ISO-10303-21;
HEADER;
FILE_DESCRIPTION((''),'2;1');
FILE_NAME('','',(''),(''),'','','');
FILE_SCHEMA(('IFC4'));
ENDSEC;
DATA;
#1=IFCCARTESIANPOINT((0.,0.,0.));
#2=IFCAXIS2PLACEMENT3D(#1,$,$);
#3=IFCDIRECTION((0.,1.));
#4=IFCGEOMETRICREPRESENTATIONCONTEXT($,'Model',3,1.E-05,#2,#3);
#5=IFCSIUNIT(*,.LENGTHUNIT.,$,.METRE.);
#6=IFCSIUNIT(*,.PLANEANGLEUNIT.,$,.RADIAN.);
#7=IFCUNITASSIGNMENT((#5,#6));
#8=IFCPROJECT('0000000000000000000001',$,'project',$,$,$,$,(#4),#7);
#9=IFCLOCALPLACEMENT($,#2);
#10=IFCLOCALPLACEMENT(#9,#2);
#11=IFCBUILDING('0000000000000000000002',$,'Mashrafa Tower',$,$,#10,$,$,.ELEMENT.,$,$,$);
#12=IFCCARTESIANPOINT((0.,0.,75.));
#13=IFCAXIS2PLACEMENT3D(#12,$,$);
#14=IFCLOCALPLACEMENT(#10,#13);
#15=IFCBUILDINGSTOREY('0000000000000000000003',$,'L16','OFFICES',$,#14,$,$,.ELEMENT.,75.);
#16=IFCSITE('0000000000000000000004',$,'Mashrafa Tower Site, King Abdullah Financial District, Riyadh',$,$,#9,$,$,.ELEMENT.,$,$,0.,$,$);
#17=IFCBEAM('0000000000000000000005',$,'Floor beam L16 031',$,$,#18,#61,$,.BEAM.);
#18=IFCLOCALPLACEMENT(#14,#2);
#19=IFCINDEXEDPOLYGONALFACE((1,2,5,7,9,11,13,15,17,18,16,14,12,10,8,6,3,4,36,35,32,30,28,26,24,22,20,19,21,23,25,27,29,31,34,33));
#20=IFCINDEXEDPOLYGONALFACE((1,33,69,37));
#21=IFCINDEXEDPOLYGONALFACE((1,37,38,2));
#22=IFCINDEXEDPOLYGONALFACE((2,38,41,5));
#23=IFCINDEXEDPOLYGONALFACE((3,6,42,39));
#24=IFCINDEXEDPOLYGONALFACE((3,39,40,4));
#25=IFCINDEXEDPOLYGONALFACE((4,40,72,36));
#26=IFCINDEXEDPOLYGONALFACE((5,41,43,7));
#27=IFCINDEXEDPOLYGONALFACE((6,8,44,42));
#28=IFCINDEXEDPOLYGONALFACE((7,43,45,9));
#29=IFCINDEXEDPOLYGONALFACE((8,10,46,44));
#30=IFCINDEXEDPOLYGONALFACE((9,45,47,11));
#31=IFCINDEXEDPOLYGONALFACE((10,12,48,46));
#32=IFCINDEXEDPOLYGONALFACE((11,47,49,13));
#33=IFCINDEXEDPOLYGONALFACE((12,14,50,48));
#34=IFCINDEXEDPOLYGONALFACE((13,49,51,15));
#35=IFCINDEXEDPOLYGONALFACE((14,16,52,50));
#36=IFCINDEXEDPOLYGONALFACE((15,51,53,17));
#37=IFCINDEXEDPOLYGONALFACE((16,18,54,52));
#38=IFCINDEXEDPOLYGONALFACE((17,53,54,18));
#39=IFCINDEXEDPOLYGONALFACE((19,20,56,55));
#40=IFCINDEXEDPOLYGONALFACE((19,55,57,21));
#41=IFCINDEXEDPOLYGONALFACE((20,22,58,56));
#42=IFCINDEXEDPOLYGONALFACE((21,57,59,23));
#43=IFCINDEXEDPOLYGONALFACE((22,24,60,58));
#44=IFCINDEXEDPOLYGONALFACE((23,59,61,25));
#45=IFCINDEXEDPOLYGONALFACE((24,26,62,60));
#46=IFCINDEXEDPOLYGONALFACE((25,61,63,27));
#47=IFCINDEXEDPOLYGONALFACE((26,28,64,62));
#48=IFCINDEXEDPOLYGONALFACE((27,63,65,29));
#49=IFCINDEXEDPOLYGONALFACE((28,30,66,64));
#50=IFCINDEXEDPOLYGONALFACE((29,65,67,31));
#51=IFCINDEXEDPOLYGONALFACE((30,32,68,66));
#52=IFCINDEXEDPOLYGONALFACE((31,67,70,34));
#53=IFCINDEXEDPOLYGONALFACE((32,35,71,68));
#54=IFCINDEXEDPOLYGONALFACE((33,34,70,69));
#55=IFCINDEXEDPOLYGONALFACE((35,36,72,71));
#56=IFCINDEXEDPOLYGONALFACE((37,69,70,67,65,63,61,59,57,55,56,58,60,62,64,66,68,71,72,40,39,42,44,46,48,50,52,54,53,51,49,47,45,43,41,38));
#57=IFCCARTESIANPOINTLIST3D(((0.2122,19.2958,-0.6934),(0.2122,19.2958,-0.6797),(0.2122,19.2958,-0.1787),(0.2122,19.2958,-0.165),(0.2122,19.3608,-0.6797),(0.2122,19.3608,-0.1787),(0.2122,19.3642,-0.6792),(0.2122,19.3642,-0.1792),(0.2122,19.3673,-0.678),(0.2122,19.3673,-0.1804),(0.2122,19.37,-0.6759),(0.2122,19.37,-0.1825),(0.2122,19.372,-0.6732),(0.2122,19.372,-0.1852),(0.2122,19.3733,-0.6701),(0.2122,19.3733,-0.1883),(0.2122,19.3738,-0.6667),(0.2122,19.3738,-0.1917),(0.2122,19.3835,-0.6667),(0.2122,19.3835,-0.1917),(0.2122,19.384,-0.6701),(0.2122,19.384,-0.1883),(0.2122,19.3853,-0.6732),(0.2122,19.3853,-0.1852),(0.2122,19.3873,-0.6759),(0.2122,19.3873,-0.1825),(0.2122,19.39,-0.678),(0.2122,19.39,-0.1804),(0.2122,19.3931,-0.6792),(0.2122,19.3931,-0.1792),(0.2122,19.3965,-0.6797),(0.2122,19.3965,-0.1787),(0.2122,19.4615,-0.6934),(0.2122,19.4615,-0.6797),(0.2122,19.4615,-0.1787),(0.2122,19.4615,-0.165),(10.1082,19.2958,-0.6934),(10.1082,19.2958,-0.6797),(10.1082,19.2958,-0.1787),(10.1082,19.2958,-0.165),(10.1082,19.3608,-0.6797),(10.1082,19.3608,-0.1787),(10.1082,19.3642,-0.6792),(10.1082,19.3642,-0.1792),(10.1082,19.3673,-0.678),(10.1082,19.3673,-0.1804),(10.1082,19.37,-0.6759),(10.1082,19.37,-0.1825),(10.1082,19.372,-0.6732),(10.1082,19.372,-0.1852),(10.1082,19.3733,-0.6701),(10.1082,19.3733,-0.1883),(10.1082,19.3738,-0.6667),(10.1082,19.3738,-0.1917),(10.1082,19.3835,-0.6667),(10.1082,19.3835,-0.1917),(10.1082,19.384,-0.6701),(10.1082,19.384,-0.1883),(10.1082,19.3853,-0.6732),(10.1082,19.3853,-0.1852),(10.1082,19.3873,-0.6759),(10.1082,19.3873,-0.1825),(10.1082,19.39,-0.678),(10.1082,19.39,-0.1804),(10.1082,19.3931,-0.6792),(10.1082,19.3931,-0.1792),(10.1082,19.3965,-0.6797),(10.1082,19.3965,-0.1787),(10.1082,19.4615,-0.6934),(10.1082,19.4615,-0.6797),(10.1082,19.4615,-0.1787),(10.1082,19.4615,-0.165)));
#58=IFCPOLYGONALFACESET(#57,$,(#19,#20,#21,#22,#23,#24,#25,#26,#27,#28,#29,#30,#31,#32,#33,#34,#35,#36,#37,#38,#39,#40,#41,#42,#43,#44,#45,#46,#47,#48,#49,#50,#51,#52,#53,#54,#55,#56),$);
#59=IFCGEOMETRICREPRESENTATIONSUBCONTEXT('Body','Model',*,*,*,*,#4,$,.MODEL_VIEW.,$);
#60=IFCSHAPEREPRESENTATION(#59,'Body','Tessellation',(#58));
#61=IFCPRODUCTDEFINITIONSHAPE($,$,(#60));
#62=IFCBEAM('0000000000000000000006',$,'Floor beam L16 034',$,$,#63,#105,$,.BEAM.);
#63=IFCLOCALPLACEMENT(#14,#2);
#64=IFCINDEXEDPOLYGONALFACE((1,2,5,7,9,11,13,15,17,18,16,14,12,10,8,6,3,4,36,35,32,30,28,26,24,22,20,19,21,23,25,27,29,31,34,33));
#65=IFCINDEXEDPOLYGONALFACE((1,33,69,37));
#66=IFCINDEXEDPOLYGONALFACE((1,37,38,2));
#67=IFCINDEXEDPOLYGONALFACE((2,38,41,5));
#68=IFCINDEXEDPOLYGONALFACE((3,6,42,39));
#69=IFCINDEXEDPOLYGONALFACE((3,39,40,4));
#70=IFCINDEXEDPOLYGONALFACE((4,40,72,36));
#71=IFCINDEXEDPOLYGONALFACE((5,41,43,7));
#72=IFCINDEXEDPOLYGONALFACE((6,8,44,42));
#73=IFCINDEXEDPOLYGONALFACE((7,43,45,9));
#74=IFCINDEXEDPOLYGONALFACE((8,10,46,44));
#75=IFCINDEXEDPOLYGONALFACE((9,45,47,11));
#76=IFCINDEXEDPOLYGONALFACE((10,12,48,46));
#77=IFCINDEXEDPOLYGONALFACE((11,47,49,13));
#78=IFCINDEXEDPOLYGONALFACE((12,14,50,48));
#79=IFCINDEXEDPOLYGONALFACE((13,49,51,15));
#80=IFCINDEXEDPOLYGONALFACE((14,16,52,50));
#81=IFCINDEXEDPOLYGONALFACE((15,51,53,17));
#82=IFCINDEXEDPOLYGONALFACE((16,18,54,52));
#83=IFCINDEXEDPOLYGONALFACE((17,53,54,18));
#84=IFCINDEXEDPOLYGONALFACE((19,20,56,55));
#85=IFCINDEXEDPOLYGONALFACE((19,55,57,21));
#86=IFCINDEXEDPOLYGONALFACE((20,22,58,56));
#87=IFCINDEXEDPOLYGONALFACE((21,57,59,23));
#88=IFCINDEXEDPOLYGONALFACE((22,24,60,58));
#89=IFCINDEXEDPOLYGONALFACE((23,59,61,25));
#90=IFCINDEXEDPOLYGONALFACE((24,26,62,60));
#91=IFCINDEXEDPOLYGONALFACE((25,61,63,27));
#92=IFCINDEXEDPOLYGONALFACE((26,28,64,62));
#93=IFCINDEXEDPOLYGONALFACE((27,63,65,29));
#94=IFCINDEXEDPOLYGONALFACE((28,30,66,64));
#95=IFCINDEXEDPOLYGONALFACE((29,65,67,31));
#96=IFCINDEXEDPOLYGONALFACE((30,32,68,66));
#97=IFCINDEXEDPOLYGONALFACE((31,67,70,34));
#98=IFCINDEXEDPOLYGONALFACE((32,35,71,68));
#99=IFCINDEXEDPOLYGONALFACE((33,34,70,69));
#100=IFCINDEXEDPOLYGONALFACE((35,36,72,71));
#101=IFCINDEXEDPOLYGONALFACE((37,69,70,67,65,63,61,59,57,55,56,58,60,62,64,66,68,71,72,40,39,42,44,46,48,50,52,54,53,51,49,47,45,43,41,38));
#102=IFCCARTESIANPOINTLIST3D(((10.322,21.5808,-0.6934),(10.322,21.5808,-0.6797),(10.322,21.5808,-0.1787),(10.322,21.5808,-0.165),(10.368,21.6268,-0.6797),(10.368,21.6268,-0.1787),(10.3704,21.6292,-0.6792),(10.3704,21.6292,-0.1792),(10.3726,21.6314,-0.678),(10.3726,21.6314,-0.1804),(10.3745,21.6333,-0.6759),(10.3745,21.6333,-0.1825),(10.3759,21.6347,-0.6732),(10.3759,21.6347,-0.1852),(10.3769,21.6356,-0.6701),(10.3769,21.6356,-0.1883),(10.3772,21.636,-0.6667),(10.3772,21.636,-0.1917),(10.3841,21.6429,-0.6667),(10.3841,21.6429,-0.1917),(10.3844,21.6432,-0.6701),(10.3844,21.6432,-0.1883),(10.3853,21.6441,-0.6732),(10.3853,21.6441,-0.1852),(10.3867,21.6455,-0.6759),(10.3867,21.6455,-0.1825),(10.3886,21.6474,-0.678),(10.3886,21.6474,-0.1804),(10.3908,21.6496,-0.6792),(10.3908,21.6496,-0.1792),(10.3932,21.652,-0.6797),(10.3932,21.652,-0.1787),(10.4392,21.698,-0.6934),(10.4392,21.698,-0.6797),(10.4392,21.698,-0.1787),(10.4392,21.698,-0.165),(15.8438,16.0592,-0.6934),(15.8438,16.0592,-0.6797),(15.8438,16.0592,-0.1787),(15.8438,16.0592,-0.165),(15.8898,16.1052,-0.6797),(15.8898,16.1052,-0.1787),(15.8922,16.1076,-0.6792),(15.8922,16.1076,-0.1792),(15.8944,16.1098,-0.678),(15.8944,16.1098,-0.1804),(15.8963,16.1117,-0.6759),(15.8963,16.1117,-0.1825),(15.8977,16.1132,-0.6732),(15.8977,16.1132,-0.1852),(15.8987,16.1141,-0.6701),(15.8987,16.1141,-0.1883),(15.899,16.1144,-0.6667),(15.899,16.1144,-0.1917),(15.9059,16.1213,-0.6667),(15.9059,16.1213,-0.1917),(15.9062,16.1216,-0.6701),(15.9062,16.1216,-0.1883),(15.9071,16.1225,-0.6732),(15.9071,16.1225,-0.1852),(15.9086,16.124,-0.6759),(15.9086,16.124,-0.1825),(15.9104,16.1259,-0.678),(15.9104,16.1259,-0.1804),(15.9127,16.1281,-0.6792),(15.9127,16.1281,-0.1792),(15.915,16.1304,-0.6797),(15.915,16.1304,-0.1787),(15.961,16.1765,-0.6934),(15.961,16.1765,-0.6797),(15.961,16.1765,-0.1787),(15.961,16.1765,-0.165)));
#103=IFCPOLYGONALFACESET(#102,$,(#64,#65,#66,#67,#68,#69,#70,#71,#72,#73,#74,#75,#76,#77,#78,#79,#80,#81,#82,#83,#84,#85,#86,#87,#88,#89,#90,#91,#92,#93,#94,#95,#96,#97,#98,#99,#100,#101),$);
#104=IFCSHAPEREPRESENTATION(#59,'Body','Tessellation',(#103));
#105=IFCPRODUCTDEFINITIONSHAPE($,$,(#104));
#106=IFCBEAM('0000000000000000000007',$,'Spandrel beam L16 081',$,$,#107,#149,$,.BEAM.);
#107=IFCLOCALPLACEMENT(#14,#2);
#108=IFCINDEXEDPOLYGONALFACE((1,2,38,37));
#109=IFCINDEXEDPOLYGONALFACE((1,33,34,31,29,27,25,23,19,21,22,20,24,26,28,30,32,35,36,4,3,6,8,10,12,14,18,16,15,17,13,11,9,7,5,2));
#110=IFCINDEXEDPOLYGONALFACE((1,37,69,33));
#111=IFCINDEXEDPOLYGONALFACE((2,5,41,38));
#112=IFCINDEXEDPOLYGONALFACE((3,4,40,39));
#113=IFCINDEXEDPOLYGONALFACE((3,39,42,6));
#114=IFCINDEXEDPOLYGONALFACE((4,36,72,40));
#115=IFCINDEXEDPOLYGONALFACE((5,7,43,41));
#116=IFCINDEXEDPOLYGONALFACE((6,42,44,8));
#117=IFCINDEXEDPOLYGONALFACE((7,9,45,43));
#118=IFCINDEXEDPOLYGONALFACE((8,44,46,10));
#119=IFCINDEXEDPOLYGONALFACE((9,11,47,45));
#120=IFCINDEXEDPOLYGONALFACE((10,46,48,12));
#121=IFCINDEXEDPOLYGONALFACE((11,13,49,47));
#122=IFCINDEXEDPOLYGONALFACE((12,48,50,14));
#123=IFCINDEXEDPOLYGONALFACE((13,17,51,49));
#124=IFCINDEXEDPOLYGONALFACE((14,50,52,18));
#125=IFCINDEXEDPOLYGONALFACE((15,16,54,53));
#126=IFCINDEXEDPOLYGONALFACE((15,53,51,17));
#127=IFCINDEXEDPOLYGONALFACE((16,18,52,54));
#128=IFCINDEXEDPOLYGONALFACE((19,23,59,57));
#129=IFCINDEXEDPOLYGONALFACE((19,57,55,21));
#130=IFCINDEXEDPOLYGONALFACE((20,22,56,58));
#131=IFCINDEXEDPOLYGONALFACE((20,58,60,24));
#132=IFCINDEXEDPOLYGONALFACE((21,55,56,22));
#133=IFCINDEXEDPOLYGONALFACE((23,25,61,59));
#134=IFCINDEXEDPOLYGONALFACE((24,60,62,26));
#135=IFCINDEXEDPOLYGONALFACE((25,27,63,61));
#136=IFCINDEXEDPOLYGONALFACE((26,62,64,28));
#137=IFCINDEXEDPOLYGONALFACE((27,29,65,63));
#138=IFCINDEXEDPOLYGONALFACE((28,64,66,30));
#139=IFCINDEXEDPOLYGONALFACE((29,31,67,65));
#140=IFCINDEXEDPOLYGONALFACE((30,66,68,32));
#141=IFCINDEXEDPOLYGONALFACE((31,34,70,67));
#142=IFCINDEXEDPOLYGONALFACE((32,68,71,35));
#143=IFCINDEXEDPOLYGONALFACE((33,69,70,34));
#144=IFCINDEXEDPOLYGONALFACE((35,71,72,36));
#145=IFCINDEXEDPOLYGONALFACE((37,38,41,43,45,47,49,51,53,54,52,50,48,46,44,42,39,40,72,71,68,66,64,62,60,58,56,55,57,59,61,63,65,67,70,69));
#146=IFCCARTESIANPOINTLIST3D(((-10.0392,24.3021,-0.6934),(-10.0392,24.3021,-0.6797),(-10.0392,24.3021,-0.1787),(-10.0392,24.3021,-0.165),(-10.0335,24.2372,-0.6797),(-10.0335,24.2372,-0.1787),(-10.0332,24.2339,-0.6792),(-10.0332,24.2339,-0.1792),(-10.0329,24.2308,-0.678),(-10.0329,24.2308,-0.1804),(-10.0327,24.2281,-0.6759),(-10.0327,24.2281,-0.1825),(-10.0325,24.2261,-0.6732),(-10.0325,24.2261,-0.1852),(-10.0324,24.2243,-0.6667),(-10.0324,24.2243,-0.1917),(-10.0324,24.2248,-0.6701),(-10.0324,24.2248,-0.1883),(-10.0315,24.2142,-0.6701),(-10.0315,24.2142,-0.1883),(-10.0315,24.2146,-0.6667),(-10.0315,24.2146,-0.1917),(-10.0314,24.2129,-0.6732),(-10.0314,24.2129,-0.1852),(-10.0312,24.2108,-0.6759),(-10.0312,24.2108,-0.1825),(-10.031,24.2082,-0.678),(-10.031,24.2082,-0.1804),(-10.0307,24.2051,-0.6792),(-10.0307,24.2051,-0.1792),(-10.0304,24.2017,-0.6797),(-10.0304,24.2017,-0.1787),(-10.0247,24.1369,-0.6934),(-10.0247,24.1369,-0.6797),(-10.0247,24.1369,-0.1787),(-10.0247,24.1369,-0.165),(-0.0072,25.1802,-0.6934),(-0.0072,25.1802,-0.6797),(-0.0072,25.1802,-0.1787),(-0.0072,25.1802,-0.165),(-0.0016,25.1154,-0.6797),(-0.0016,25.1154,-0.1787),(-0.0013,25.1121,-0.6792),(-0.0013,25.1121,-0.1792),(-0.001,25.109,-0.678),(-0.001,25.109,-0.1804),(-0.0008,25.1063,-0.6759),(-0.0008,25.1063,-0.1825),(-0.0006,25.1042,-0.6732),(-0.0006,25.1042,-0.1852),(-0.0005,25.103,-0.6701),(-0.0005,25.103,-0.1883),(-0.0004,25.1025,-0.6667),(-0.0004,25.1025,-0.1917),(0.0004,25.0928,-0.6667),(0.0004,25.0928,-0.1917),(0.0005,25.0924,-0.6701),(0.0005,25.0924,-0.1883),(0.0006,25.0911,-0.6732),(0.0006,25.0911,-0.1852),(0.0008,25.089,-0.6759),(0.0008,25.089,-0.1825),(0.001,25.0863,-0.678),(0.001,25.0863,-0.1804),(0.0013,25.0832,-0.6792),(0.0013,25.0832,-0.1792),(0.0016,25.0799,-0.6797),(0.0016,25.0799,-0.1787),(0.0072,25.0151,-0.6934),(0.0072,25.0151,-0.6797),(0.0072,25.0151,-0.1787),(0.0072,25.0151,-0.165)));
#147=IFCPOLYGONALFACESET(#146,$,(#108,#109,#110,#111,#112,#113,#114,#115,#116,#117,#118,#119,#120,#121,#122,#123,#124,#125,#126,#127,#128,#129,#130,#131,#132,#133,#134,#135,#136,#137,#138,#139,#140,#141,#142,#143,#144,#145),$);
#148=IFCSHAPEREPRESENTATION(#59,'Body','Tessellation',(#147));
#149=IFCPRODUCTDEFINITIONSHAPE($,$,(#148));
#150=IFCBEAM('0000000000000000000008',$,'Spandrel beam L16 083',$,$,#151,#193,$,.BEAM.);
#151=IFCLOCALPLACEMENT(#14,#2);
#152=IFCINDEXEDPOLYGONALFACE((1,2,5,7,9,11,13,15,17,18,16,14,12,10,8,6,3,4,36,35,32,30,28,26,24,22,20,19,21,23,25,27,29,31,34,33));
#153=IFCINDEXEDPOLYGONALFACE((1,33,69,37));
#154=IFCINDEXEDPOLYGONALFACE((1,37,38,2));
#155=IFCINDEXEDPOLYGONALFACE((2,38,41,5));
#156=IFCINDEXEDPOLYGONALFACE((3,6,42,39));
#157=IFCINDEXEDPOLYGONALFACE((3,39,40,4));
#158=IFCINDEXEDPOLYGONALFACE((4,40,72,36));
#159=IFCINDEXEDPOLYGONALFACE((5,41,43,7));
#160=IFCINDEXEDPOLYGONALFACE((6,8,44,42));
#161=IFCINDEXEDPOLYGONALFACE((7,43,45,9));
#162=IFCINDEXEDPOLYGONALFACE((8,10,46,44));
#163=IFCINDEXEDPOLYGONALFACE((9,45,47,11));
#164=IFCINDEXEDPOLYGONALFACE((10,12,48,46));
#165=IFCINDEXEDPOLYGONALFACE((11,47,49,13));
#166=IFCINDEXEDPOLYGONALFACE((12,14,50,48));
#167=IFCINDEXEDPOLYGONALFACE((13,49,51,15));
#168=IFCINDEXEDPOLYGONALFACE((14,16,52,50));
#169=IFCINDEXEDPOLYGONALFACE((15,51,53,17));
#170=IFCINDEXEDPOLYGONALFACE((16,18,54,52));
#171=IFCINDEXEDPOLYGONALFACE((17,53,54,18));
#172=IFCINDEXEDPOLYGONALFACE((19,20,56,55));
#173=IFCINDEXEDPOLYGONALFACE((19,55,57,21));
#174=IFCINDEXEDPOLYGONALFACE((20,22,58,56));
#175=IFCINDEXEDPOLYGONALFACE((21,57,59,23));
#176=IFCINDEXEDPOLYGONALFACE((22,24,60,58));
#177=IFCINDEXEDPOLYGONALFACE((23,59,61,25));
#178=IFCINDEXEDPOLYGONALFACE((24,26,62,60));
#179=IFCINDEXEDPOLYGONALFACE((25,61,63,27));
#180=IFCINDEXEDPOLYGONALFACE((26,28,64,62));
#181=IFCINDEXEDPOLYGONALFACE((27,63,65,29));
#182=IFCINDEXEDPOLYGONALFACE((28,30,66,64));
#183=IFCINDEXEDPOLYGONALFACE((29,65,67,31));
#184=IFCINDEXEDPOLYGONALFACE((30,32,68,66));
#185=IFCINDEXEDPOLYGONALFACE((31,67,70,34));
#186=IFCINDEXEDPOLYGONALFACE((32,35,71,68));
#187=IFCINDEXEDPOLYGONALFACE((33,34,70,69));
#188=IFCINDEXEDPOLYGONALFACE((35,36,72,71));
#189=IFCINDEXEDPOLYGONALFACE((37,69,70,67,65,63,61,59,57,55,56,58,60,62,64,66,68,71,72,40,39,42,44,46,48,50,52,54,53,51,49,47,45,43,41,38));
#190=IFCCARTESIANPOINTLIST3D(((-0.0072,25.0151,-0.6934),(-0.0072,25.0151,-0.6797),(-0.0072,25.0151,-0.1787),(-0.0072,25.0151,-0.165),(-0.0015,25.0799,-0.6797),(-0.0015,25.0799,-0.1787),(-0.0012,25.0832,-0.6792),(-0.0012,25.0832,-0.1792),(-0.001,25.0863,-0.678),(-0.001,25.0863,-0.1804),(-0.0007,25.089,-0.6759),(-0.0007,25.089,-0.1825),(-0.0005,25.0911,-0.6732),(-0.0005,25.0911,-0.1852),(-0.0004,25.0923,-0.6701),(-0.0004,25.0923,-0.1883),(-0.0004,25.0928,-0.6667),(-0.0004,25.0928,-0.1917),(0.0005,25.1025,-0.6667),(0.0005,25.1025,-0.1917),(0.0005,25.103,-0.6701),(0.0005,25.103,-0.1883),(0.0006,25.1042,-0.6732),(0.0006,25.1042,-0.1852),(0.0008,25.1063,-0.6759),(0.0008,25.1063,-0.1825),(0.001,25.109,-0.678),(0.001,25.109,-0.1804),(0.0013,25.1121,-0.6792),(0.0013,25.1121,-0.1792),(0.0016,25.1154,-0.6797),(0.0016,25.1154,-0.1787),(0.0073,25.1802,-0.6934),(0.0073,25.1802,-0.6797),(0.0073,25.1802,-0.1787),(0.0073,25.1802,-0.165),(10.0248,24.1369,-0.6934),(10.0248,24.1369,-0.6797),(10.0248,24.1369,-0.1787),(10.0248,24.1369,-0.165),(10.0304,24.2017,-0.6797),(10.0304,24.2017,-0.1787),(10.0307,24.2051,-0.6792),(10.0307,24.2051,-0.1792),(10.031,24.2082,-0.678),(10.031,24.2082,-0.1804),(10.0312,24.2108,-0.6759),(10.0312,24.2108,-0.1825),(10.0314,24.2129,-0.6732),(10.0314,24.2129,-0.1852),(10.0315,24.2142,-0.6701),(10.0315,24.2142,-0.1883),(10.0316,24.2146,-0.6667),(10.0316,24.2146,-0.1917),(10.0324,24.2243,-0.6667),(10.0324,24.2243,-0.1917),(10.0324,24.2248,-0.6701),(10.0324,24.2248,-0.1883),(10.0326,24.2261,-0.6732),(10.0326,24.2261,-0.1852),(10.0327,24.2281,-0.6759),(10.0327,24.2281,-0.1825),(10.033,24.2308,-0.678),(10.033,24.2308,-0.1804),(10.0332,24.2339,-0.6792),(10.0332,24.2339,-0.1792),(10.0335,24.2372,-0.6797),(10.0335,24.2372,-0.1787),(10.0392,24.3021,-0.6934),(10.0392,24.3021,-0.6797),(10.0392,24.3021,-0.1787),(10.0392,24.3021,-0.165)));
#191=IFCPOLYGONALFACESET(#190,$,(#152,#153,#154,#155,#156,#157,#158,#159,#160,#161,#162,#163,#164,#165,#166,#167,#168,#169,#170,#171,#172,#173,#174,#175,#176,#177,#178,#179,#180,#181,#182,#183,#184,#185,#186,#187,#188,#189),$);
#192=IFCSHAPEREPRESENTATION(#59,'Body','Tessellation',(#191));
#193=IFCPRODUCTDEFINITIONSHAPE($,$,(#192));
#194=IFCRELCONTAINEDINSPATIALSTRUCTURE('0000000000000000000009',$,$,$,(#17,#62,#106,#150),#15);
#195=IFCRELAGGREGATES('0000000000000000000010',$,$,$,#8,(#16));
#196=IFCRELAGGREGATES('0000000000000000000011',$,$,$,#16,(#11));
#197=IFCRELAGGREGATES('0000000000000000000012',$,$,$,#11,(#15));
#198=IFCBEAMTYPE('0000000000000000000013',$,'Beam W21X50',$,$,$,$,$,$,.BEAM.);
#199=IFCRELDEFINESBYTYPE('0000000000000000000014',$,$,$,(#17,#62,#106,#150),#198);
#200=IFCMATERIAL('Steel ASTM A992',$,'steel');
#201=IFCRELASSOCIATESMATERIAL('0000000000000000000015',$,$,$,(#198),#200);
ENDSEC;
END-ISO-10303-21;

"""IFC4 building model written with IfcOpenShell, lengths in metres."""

from ifc_helpers import new_model, si_unit, direction, frame, origin, origin_2d, place, context, subcontext, project, spatial, i_section, extrude, material, material_profile, profile_set, type_object, element, save


model = new_model("IFC4")

# Units and contexts
model_context = context("Model", 3, precision=1e-05, world=origin(), true_north=direction((0.0, 1.0)))
body_context = subcontext(model_context, "Body", "Model", "MODEL_VIEW")
ifc_project = project(units=[si_unit("LENGTHUNIT", "METRE"), si_unit("PLANEANGLEUNIT", "RADIAN")], contexts=[model_context])

# Site, building, storey
site_placement = place(None, origin())
site = spatial("IfcSite", under=ifc_project, at=site_placement, Name="Mashrafa Tower Site, King Abdullah Financial District, Riyadh", CompositionType="ELEMENT", RefElevation=0.0)
building_placement = place(site_placement, origin())
building = spatial("IfcBuilding", under=site, at=building_placement, Name="Mashrafa Tower", CompositionType="ELEMENT")
storey_placement = place(building_placement, frame((0.0, 0.0, 75.0)))
storey = spatial("IfcBuildingStorey", under=building, at=storey_placement, Name="L16", Description="OFFICES", CompositionType="ELEMENT", Elevation=75.0)

# Beams
ifc_material_1 = material(Name="Steel ASTM A992", Category="steel")
ifc_material_profile_1 = material_profile(ifc_material_1, i_section(OverallWidth=0.1658, OverallDepth=0.5283, WebThickness=0.0098, FlangeThickness=0.0137, FilletRadius=0.0129, at=origin_2d()), Name="W21X50")
ifc_profile_set_1 = profile_set([ifc_material_profile_1], Name="Steel ASTM A992")
beam_type_1 = type_object("IfcBeamType", Name="Beam W21X50", PredefinedType="BEAM", material=ifc_profile_set_1)
beam_1_placement = place(storey_placement, frame((0.2122, 19.3787, -0.4292), z_axis=(1.0, 0.0, 0.0), x_axis=(0.0, 1.0, 0.0)))
element("IfcBeam", 1, at=beam_1_placement, inside=storey, type_object=beam_type_1, Name="Floor beam L16 031", PredefinedType="BEAM", context=body_context, shape_type="SweptSolid", body=[
    extrude(i_section(OverallWidth=0.1658, OverallDepth=0.5283, WebThickness=0.0098, FlangeThickness=0.0137, FilletRadius=0.0129, at=origin_2d()), origin(), (0.0, 0.0, 1.0), 9.896),
])
beam_2_placement = place(storey_placement, frame((10.3806, 21.6394, -0.4292), z_axis=(0.707122, -0.707091, 0.0), x_axis=(0.707091, 0.707122, 0.0)))
element("IfcBeam", 2, at=beam_2_placement, inside=storey, type_object=beam_type_1, Name="Floor beam L16 034", PredefinedType="BEAM", context=body_context, shape_type="SweptSolid", body=[
    extrude(i_section(OverallWidth=0.1658, OverallDepth=0.5283, WebThickness=0.0098, FlangeThickness=0.0137, FilletRadius=0.0129, at=origin_2d()), origin(), (0.0, 0.0, 1.0), 7.8088),
])
for number, where, z_axis, x_axis, name in (
    (3, (0.0, 25.0977, -0.4292), (-0.99619, -0.087204, 0.0), (0.087204, -0.99619, 0.0), "Spandrel beam L16 081"),
    (4, (10.032, 24.2195, -0.4292), (-0.99619, 0.087204, 0.0), (-0.087204, -0.99619, 0.0), "Spandrel beam L16 083"),
):
    element("IfcBeam", number, at=place(storey_placement, frame(where, z_axis=z_axis, x_axis=x_axis)), inside=storey, type_object=beam_type_1, Name=name, PredefinedType="BEAM", context=body_context, shape_type="SweptSolid", body=[
        extrude(i_section(OverallWidth=0.1658, OverallDepth=0.5283, WebThickness=0.0098, FlangeThickness=0.0137, FilletRadius=0.0129, at=origin_2d()), origin(), (0.0, 0.0, 1.0), 10.0703),
    ])

save(model, "model.ifc")
